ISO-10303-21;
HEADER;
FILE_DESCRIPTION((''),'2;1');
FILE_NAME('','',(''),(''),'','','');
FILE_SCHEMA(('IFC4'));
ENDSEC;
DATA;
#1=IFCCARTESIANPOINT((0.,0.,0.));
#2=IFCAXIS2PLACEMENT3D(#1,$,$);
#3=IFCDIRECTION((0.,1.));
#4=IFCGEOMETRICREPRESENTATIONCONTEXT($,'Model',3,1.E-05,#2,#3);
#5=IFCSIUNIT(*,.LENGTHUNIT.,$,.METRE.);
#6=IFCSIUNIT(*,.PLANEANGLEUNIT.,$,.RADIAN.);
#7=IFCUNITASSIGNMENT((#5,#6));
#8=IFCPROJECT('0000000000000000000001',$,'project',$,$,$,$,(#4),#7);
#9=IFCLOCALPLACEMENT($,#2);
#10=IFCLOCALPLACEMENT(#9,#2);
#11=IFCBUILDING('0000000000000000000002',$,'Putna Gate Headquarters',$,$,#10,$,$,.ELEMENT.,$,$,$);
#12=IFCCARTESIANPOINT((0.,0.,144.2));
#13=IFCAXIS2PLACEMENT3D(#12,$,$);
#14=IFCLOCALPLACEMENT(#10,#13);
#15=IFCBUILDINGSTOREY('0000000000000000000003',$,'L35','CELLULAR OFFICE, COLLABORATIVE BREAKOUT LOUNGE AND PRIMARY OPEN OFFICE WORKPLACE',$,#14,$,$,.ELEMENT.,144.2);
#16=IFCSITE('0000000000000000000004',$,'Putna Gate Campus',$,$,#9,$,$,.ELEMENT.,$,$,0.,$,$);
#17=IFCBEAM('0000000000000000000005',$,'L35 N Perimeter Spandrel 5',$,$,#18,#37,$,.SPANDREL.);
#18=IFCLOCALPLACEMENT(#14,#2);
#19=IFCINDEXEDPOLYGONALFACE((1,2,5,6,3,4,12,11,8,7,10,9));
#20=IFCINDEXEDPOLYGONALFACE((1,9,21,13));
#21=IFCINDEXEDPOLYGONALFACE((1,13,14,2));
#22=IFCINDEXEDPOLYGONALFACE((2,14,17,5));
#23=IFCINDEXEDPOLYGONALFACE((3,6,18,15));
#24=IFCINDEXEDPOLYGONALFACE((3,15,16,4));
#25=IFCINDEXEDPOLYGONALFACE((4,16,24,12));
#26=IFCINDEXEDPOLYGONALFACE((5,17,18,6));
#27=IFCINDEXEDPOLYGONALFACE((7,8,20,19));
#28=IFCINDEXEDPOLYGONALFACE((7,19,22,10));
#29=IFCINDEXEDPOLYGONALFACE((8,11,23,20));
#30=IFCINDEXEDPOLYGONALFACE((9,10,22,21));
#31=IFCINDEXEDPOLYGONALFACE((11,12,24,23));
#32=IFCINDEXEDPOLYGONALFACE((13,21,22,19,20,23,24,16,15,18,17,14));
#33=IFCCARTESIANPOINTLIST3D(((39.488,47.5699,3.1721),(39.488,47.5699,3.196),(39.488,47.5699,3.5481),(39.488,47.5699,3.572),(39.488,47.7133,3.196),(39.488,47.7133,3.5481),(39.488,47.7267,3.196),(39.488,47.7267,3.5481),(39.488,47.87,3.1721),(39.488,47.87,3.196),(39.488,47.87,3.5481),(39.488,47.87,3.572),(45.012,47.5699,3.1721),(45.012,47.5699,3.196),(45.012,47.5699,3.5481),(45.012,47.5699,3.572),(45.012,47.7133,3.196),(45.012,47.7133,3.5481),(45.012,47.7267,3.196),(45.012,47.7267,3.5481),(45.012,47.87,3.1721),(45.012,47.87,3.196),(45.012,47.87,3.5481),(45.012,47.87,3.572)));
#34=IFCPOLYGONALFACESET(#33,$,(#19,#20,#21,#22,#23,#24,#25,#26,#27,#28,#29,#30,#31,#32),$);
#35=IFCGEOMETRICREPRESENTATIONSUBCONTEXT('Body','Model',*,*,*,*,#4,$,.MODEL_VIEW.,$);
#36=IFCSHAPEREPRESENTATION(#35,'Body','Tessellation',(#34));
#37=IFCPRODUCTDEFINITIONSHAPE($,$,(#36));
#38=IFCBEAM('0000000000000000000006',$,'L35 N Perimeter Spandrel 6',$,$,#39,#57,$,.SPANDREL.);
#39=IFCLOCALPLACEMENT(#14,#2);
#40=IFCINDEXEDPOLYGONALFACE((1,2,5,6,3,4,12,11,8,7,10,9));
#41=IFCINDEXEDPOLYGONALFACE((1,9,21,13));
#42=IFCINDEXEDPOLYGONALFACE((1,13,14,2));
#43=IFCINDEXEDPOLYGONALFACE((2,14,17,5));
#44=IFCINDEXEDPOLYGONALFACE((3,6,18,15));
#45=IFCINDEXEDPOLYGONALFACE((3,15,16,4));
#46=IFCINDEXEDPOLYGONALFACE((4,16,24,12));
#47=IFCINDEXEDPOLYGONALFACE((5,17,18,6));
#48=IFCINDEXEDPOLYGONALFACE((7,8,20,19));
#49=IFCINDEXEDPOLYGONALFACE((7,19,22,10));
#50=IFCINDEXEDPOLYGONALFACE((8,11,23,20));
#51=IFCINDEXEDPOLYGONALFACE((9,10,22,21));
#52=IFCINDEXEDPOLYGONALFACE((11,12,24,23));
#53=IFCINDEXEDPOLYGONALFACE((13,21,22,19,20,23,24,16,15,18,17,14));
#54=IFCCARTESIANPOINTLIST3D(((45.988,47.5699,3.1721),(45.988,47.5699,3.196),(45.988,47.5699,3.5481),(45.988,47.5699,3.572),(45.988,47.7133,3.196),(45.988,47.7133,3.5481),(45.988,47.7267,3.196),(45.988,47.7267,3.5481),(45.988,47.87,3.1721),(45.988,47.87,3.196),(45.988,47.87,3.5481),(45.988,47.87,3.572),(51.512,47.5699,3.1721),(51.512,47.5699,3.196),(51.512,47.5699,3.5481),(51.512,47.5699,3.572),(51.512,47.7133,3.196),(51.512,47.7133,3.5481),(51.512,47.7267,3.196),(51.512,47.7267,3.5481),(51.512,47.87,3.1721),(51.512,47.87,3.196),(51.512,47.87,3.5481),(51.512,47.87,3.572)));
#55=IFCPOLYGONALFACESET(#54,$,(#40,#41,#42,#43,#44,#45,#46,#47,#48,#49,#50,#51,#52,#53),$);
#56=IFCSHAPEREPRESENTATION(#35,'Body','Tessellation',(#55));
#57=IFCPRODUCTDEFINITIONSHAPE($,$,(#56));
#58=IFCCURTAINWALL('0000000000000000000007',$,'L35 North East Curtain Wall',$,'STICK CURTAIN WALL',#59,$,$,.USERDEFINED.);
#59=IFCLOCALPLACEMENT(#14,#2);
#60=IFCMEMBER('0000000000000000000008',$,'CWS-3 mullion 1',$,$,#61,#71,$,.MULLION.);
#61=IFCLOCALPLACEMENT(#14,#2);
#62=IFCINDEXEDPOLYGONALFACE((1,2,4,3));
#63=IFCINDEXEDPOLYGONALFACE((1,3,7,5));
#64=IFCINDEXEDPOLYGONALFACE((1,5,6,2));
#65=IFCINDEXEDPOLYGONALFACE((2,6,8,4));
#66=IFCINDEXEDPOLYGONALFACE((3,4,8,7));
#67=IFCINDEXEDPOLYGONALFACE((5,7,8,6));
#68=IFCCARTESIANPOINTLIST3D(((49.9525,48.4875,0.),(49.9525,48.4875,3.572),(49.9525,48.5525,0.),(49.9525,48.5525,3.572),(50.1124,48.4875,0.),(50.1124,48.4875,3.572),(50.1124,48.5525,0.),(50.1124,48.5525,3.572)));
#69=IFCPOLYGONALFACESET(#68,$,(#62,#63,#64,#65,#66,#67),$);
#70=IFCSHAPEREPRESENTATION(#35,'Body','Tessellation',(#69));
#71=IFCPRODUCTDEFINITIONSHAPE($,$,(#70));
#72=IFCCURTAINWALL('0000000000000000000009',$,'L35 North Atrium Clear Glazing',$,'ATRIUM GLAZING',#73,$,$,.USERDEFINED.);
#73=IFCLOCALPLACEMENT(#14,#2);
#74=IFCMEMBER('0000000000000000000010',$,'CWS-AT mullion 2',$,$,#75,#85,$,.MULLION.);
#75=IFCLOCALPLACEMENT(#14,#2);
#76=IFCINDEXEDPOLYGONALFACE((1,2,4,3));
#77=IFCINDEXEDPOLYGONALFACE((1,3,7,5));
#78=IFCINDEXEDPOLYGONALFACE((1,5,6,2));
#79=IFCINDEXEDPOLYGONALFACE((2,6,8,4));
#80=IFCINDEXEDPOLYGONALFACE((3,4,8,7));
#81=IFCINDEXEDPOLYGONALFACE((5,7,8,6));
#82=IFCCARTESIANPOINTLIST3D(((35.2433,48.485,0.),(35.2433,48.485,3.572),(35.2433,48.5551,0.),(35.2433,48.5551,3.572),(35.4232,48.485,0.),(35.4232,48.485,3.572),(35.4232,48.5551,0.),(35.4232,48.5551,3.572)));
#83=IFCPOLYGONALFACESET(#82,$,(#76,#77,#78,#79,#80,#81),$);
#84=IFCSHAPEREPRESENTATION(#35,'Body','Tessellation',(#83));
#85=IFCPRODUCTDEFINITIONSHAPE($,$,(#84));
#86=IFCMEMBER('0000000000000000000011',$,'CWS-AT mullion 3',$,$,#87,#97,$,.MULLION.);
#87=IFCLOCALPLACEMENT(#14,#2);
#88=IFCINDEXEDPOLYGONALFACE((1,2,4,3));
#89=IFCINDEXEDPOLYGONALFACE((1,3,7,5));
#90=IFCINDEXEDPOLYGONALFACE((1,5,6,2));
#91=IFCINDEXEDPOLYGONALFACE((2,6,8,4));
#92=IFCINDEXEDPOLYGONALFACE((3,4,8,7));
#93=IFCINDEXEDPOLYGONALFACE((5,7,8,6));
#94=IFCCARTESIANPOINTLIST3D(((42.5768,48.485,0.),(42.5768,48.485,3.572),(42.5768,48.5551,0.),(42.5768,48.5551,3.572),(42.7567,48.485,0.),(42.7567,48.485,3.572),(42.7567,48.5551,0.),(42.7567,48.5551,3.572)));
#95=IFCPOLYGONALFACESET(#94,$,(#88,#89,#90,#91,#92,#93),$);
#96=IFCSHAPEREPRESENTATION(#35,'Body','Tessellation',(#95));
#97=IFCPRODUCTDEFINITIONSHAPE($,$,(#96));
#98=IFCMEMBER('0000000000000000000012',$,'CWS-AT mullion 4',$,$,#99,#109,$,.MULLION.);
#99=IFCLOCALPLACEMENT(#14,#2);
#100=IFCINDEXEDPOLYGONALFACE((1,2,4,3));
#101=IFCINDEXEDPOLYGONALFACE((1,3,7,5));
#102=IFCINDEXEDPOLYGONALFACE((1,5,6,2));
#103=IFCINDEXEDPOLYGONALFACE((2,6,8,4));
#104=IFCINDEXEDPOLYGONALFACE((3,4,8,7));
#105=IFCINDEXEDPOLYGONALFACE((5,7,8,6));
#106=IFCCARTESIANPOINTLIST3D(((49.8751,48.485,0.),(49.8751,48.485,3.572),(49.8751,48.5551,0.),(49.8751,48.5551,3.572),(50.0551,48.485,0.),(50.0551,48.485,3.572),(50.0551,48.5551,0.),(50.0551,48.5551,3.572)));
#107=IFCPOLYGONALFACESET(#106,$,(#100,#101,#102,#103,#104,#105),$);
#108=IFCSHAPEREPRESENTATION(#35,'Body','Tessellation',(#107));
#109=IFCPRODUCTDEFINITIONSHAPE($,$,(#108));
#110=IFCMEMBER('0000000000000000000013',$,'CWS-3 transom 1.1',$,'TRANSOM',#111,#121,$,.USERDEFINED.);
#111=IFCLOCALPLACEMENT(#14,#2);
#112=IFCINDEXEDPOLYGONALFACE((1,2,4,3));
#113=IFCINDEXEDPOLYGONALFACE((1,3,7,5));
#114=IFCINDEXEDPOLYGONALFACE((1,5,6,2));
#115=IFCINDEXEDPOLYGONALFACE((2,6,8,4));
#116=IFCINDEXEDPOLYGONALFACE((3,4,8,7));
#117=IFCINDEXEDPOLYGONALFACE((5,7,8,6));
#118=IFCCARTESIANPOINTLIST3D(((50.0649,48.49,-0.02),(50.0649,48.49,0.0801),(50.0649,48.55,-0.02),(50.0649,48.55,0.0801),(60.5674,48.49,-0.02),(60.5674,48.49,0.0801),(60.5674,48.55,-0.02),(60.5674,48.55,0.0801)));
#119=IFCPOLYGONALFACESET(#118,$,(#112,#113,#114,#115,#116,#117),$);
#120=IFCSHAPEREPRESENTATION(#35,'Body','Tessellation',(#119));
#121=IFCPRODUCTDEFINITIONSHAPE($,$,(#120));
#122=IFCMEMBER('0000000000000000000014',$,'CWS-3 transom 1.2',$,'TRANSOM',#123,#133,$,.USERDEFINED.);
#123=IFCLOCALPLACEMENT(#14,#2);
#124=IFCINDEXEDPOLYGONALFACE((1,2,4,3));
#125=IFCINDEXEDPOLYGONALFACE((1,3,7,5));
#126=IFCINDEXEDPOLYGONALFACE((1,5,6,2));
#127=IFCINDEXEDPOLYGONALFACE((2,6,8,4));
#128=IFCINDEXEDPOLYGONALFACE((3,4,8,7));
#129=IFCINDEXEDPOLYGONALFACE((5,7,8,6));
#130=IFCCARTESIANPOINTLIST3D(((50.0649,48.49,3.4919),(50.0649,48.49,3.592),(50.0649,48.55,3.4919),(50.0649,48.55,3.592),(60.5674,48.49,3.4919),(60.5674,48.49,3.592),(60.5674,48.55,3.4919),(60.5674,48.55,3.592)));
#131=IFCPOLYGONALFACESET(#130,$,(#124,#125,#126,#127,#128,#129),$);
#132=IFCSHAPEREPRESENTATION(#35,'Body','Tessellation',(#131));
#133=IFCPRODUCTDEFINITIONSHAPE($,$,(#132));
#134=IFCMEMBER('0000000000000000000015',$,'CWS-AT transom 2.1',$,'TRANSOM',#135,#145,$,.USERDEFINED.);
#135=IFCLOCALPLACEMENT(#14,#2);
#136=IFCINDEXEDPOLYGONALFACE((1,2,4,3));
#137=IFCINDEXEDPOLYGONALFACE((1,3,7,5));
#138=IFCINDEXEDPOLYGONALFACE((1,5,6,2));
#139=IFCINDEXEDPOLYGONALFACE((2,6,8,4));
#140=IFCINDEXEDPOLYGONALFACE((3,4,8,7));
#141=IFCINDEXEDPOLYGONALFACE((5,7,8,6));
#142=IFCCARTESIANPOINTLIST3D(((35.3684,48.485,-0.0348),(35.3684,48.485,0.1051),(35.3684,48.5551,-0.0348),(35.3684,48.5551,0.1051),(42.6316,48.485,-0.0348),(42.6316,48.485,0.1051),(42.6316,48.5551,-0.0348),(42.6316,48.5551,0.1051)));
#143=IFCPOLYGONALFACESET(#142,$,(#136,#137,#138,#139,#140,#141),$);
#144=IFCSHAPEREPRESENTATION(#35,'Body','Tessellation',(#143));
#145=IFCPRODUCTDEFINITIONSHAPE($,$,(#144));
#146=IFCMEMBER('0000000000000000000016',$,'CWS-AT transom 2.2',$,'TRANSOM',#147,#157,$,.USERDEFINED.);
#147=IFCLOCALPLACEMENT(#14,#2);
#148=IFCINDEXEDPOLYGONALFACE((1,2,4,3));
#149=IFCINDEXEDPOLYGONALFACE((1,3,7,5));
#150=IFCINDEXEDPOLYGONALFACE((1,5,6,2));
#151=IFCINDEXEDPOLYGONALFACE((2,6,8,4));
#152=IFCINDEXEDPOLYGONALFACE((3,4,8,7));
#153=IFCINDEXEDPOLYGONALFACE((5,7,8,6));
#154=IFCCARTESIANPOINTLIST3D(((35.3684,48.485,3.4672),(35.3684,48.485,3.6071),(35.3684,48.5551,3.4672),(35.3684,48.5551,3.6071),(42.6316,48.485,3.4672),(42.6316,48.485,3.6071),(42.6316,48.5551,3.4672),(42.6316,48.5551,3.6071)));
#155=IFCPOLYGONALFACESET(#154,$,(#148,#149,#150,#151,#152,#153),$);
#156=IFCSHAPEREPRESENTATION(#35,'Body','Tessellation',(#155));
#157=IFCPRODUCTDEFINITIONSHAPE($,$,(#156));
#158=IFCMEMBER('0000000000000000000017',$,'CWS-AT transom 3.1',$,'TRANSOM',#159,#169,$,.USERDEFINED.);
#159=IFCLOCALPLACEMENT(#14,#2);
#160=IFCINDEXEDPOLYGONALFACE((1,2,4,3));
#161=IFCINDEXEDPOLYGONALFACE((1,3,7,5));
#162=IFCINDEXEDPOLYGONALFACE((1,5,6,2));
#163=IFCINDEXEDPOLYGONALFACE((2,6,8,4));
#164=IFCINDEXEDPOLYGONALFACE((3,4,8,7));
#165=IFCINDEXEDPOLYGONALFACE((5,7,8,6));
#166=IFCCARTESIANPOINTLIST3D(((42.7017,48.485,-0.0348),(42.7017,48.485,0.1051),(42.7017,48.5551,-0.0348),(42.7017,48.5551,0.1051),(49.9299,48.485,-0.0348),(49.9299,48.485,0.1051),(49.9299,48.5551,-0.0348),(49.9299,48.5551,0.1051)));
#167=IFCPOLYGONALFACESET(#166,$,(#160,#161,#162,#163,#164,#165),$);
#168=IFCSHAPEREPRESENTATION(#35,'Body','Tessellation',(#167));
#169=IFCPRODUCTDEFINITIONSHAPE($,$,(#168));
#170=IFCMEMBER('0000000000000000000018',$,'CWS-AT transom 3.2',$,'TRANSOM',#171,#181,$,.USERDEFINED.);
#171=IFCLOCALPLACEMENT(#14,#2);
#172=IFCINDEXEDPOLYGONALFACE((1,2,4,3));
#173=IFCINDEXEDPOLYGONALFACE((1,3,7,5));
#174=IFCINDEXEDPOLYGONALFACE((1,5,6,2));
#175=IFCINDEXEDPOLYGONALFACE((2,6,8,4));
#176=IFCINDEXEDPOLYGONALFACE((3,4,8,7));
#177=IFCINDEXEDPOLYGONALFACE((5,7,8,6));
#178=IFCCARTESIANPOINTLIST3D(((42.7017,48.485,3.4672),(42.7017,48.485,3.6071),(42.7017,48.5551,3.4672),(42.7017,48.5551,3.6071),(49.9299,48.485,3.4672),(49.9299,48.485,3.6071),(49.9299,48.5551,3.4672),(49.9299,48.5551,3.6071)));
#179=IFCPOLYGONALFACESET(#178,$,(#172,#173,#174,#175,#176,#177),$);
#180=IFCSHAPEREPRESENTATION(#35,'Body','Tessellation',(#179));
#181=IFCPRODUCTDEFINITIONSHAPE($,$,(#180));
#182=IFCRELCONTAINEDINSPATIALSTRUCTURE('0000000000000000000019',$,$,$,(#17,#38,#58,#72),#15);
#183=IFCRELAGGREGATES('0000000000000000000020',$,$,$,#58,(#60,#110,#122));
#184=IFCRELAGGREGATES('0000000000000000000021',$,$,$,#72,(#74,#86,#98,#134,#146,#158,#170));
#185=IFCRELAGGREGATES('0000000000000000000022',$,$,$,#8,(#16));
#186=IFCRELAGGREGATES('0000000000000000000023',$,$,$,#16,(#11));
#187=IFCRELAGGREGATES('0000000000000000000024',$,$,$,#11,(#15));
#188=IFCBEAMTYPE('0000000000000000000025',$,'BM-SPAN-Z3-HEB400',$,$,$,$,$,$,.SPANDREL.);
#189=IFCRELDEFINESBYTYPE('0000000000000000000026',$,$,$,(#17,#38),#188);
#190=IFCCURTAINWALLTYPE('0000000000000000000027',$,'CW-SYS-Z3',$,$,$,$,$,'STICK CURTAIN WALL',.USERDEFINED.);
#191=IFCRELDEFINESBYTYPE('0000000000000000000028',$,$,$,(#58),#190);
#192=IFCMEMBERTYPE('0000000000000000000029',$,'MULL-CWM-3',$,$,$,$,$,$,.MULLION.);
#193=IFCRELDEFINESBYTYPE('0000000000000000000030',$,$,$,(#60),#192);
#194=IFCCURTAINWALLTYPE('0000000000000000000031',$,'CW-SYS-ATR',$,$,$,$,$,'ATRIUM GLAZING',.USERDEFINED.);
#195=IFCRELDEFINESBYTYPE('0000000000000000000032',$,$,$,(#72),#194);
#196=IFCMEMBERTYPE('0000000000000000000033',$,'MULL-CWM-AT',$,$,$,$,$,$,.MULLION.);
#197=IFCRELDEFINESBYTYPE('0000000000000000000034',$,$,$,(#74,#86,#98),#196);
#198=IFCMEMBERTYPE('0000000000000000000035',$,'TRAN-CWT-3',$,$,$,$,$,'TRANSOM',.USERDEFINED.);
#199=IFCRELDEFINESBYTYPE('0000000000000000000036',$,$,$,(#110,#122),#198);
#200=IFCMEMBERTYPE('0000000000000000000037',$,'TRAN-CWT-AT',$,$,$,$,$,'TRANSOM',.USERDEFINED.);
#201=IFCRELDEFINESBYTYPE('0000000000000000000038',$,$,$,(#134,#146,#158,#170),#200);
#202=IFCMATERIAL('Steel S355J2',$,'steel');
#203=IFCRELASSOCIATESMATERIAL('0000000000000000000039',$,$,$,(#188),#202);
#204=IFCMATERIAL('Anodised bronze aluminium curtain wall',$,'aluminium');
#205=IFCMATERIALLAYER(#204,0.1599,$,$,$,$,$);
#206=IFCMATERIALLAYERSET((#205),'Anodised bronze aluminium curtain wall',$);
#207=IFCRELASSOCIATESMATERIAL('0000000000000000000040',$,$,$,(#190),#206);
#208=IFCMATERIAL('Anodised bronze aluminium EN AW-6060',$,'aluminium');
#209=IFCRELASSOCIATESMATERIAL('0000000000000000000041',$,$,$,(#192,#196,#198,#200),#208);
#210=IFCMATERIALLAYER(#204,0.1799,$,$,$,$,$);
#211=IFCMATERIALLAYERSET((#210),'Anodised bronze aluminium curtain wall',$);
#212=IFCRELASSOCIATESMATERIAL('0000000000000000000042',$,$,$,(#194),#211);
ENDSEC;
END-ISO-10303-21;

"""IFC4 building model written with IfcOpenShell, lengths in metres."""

from ifc_helpers import new_model, si_unit, direction, frame, origin, origin_2d, place, context, subcontext, project, spatial, rectangle, i_section, extrude, material, layer, layer_set, material_profile, profile_set, type_object, element, aggregate, save


model = new_model("IFC4")

# Units and contexts
model_context = context("Model", 3, precision=1e-05, world=origin(), true_north=direction((0.0, 1.0)))
body_context = subcontext(model_context, "Body", "Model", "MODEL_VIEW")
ifc_project = project(units=[si_unit("LENGTHUNIT", "METRE"), si_unit("PLANEANGLEUNIT", "RADIAN")], contexts=[model_context])

# Site, building, storey
site_placement = place(None, origin())
site = spatial("IfcSite", under=ifc_project, at=site_placement, Name="Putna Gate Campus", CompositionType="ELEMENT", RefElevation=0.0)
building_placement = place(site_placement, origin())
building = spatial("IfcBuilding", under=site, at=building_placement, Name="Putna Gate Headquarters", CompositionType="ELEMENT")
storey_placement = place(building_placement, frame((0.0, 0.0, 144.2)))
storey = spatial("IfcBuildingStorey", under=building, at=storey_placement, Name="L35", Description="CELLULAR OFFICE, COLLABORATIVE BREAKOUT LOUNGE AND PRIMARY OPEN OFFICE WORKPLACE", CompositionType="ELEMENT", Elevation=144.2)

# Beams
ifc_material_1 = material(Name="Steel S355J2", Category="steel")
ifc_material_profile_1 = material_profile(ifc_material_1, i_section(OverallWidth=0.3, OverallDepth=0.3999, WebThickness=0.0134, FlangeThickness=0.0239, at=origin_2d()), Name="Steel S355J2")
ifc_profile_set_1 = profile_set([ifc_material_profile_1], Name="Steel S355J2")
beam_type_1 = type_object("IfcBeamType", Name="BM-SPAN-Z3-HEB400", PredefinedType="SPANDREL", material=ifc_profile_set_1)
for number, where, z_axis, x_axis, name in (
    (1, (39.488, 47.72, 3.3721), (1.0, 0.0, 0.0), (0.0, 1.0, 0.0), "L35 N Perimeter Spandrel 5"),
    (2, (45.988, 47.72, 3.3721), (1.0, 0.0, 0.0), (0.0, 1.0, 0.0), "L35 N Perimeter Spandrel 6"),
):
    element("IfcBeam", number, at=place(storey_placement, frame(where, z_axis=z_axis, x_axis=x_axis)), inside=storey, type_object=beam_type_1, Name=name, PredefinedType="SPANDREL", context=body_context, shape_type="SweptSolid", body=[
        extrude(i_section(OverallWidth=0.3, OverallDepth=0.3999, WebThickness=0.0134, FlangeThickness=0.0239, at=origin_2d()), origin(), (0.0, 0.0, 1.0), 5.5239),
    ])

# Curtain wall, member
ifc_material_2 = material(Name="Anodised bronze aluminium curtain wall", Category="aluminium")
ifc_layer_1 = layer(ifc_material_2, 0.1599)
ifc_layer_set_1 = layer_set([ifc_layer_1], Name="Anodised bronze aluminium curtain wall")
curtain_wall_type_1 = type_object("IfcCurtainWallType", Name="CW-SYS-Z3", ElementType="STICK CURTAIN WALL", PredefinedType="USERDEFINED", material=ifc_layer_set_1)
curtain_wall_1_placement = place(storey_placement, origin())
curtain_wall_1 = element("IfcCurtainWall", 3, at=curtain_wall_1_placement, inside=storey, type_object=curtain_wall_type_1, Name="L35 North East Curtain Wall", ObjectType="STICK CURTAIN WALL", PredefinedType="USERDEFINED")
ifc_material_3 = material(Name="Anodised bronze aluminium EN AW-6060", Category="aluminium")
ifc_material_profile_2 = material_profile(ifc_material_3, rectangle(XDim=0.0649, YDim=0.1599, at=origin_2d()), Name="Anodised bronze aluminium EN AW-6060")
ifc_profile_set_2 = profile_set([ifc_material_profile_2], Name="Anodised bronze aluminium EN AW-6060")
member_type_1 = type_object("IfcMemberType", Name="MULL-CWM-3", PredefinedType="MULLION", material=ifc_profile_set_2)
member_1_placement = place(storey_placement, frame((50.0325, 48.52, 0.0), z_axis=(0.0, 0.0, 1.0), x_axis=(0.0, 1.0, 0.0)))
member_1 = element("IfcMember", 4, at=member_1_placement, type_object=member_type_1, Name="CWS-3 mullion 1", PredefinedType="MULLION", context=body_context, shape_type="SweptSolid", body=[
    extrude(rectangle(XDim=0.0649, YDim=0.1599, at=origin_2d()), origin(), (0.0, 0.0, 1.0), 3.572),
])

# Curtain wall, members
ifc_layer_2 = layer(ifc_material_2, 0.1799)
ifc_layer_set_2 = layer_set([ifc_layer_2], Name="Anodised bronze aluminium curtain wall")
curtain_wall_type_2 = type_object("IfcCurtainWallType", Name="CW-SYS-ATR", ElementType="ATRIUM GLAZING", PredefinedType="USERDEFINED", material=ifc_layer_set_2)
curtain_wall_2_placement = place(storey_placement, origin())
curtain_wall_2 = element("IfcCurtainWall", 5, at=curtain_wall_2_placement, inside=storey, type_object=curtain_wall_type_2, Name="L35 North Atrium Clear Glazing", ObjectType="ATRIUM GLAZING", PredefinedType="USERDEFINED")
ifc_material_profile_3 = material_profile(ifc_material_3, rectangle(XDim=0.0701, YDim=0.1799, at=origin_2d()), Name="Anodised bronze aluminium EN AW-6060")
ifc_profile_set_3 = profile_set([ifc_material_profile_3], Name="Anodised bronze aluminium EN AW-6060")
member_type_2 = type_object("IfcMemberType", Name="MULL-CWM-AT", PredefinedType="MULLION", material=ifc_profile_set_3)
member_2_placement = place(storey_placement, frame((35.3333, 48.52, 0.0), z_axis=(0.0, 0.0, 1.0), x_axis=(0.0, 1.0, 0.0)))
member_2 = element("IfcMember", 6, at=member_2_placement, type_object=member_type_2, Name="CWS-AT mullion 2", PredefinedType="MULLION", context=body_context, shape_type="SweptSolid", body=[
    extrude(rectangle(XDim=0.0701, YDim=0.1799, at=origin_2d()), origin(), (0.0, 0.0, 1.0), 3.572),
])
member_3_placement = place(storey_placement, frame((42.6667, 48.52, 0.0), z_axis=(0.0, 0.0, 1.0), x_axis=(0.0, 1.0, 0.0)))
member_3 = element("IfcMember", 7, at=member_3_placement, type_object=member_type_2, Name="CWS-AT mullion 3", PredefinedType="MULLION", context=body_context, shape_type="SweptSolid", body=[
    extrude(rectangle(XDim=0.0701, YDim=0.1799, at=origin_2d()), origin(), (0.0, 0.0, 1.0), 3.572),
])
member_4_placement = place(storey_placement, frame((49.9651, 48.52, 0.0), z_axis=(0.0, 0.0, 1.0), x_axis=(0.0, 1.0, 0.0)))
member_4 = element("IfcMember", 8, at=member_4_placement, type_object=member_type_2, Name="CWS-AT mullion 4", PredefinedType="MULLION", context=body_context, shape_type="SweptSolid", body=[
    extrude(rectangle(XDim=0.0701, YDim=0.1799, at=origin_2d()), origin(), (0.0, 0.0, 1.0), 3.572),
])

# Members
ifc_material_profile_4 = material_profile(ifc_material_3, rectangle(XDim=0.0601, YDim=0.1001, at=origin_2d()), Name="Anodised bronze aluminium EN AW-6060")
ifc_profile_set_4 = profile_set([ifc_material_profile_4], Name="Anodised bronze aluminium EN AW-6060")
member_type_3 = type_object("IfcMemberType", Name="TRAN-CWT-3", ElementType="TRANSOM", PredefinedType="USERDEFINED", material=ifc_profile_set_4)
member_5_placement = place(storey_placement, frame((50.0649, 48.52, 0.03), z_axis=(1.0, 0.0, 0.0), x_axis=(0.0, 1.0, 0.0)))
member_5 = element("IfcMember", 9, at=member_5_placement, type_object=member_type_3, Name="CWS-3 transom 1.1", ObjectType="TRANSOM", PredefinedType="USERDEFINED", context=body_context, shape_type="SweptSolid", body=[
    extrude(rectangle(XDim=0.0601, YDim=0.1001, at=origin_2d()), origin(), (0.0, 0.0, 1.0), 10.5024),
])
member_6_placement = place(storey_placement, frame((50.0649, 48.52, 3.542), z_axis=(1.0, 0.0, 0.0), x_axis=(0.0, 1.0, 0.0)))
member_6 = element("IfcMember", 10, at=member_6_placement, type_object=member_type_3, Name="CWS-3 transom 1.2", ObjectType="TRANSOM", PredefinedType="USERDEFINED", context=body_context, shape_type="SweptSolid", body=[
    extrude(rectangle(XDim=0.0601, YDim=0.1001, at=origin_2d()), origin(), (0.0, 0.0, 1.0), 10.5024),
])
aggregate(curtain_wall_1, [member_1, member_5, member_6])
ifc_material_profile_5 = material_profile(ifc_material_3, rectangle(XDim=0.0701, YDim=0.1399, at=origin_2d()), Name="Anodised bronze aluminium EN AW-6060")
ifc_profile_set_5 = profile_set([ifc_material_profile_5], Name="Anodised bronze aluminium EN AW-6060")
member_type_4 = type_object("IfcMemberType", Name="TRAN-CWT-AT", ElementType="TRANSOM", PredefinedType="USERDEFINED", material=ifc_profile_set_5)
member_7_placement = place(storey_placement, frame((35.3684, 48.52, 0.0352), z_axis=(1.0, 0.0, 0.0), x_axis=(0.0, 1.0, 0.0)))
member_7 = element("IfcMember", 11, at=member_7_placement, type_object=member_type_4, Name="CWS-AT transom 2.1", ObjectType="TRANSOM", PredefinedType="USERDEFINED", context=body_context, shape_type="SweptSolid", body=[
    extrude(rectangle(XDim=0.0701, YDim=0.1399, at=origin_2d()), origin(), (0.0, 0.0, 1.0), 7.2632),
])
member_8_placement = place(storey_placement, frame((35.3684, 48.52, 3.5371), z_axis=(1.0, 0.0, 0.0), x_axis=(0.0, 1.0, 0.0)))
member_8 = element("IfcMember", 12, at=member_8_placement, type_object=member_type_4, Name="CWS-AT transom 2.2", ObjectType="TRANSOM", PredefinedType="USERDEFINED", context=body_context, shape_type="SweptSolid", body=[
    extrude(rectangle(XDim=0.0701, YDim=0.1399, at=origin_2d()), origin(), (0.0, 0.0, 1.0), 7.2632),
])
member_9_placement = place(storey_placement, frame((42.7017, 48.52, 0.0352), z_axis=(1.0, 0.0, 0.0), x_axis=(0.0, 1.0, 0.0)))
member_9 = element("IfcMember", 13, at=member_9_placement, type_object=member_type_4, Name="CWS-AT transom 3.1", ObjectType="TRANSOM", PredefinedType="USERDEFINED", context=body_context, shape_type="SweptSolid", body=[
    extrude(rectangle(XDim=0.0701, YDim=0.1399, at=origin_2d()), origin(), (0.0, 0.0, 1.0), 7.2283),
])
member_10_placement = place(storey_placement, frame((42.7017, 48.52, 3.5371), z_axis=(1.0, 0.0, 0.0), x_axis=(0.0, 1.0, 0.0)))
member_10 = element("IfcMember", 14, at=member_10_placement, type_object=member_type_4, Name="CWS-AT transom 3.2", ObjectType="TRANSOM", PredefinedType="USERDEFINED", context=body_context, shape_type="SweptSolid", body=[
    extrude(rectangle(XDim=0.0701, YDim=0.1399, at=origin_2d()), origin(), (0.0, 0.0, 1.0), 7.2283),
])

aggregate(curtain_wall_2, [member_2, member_3, member_4, member_7, member_8, member_9, member_10])

save(model, "model.ifc")
